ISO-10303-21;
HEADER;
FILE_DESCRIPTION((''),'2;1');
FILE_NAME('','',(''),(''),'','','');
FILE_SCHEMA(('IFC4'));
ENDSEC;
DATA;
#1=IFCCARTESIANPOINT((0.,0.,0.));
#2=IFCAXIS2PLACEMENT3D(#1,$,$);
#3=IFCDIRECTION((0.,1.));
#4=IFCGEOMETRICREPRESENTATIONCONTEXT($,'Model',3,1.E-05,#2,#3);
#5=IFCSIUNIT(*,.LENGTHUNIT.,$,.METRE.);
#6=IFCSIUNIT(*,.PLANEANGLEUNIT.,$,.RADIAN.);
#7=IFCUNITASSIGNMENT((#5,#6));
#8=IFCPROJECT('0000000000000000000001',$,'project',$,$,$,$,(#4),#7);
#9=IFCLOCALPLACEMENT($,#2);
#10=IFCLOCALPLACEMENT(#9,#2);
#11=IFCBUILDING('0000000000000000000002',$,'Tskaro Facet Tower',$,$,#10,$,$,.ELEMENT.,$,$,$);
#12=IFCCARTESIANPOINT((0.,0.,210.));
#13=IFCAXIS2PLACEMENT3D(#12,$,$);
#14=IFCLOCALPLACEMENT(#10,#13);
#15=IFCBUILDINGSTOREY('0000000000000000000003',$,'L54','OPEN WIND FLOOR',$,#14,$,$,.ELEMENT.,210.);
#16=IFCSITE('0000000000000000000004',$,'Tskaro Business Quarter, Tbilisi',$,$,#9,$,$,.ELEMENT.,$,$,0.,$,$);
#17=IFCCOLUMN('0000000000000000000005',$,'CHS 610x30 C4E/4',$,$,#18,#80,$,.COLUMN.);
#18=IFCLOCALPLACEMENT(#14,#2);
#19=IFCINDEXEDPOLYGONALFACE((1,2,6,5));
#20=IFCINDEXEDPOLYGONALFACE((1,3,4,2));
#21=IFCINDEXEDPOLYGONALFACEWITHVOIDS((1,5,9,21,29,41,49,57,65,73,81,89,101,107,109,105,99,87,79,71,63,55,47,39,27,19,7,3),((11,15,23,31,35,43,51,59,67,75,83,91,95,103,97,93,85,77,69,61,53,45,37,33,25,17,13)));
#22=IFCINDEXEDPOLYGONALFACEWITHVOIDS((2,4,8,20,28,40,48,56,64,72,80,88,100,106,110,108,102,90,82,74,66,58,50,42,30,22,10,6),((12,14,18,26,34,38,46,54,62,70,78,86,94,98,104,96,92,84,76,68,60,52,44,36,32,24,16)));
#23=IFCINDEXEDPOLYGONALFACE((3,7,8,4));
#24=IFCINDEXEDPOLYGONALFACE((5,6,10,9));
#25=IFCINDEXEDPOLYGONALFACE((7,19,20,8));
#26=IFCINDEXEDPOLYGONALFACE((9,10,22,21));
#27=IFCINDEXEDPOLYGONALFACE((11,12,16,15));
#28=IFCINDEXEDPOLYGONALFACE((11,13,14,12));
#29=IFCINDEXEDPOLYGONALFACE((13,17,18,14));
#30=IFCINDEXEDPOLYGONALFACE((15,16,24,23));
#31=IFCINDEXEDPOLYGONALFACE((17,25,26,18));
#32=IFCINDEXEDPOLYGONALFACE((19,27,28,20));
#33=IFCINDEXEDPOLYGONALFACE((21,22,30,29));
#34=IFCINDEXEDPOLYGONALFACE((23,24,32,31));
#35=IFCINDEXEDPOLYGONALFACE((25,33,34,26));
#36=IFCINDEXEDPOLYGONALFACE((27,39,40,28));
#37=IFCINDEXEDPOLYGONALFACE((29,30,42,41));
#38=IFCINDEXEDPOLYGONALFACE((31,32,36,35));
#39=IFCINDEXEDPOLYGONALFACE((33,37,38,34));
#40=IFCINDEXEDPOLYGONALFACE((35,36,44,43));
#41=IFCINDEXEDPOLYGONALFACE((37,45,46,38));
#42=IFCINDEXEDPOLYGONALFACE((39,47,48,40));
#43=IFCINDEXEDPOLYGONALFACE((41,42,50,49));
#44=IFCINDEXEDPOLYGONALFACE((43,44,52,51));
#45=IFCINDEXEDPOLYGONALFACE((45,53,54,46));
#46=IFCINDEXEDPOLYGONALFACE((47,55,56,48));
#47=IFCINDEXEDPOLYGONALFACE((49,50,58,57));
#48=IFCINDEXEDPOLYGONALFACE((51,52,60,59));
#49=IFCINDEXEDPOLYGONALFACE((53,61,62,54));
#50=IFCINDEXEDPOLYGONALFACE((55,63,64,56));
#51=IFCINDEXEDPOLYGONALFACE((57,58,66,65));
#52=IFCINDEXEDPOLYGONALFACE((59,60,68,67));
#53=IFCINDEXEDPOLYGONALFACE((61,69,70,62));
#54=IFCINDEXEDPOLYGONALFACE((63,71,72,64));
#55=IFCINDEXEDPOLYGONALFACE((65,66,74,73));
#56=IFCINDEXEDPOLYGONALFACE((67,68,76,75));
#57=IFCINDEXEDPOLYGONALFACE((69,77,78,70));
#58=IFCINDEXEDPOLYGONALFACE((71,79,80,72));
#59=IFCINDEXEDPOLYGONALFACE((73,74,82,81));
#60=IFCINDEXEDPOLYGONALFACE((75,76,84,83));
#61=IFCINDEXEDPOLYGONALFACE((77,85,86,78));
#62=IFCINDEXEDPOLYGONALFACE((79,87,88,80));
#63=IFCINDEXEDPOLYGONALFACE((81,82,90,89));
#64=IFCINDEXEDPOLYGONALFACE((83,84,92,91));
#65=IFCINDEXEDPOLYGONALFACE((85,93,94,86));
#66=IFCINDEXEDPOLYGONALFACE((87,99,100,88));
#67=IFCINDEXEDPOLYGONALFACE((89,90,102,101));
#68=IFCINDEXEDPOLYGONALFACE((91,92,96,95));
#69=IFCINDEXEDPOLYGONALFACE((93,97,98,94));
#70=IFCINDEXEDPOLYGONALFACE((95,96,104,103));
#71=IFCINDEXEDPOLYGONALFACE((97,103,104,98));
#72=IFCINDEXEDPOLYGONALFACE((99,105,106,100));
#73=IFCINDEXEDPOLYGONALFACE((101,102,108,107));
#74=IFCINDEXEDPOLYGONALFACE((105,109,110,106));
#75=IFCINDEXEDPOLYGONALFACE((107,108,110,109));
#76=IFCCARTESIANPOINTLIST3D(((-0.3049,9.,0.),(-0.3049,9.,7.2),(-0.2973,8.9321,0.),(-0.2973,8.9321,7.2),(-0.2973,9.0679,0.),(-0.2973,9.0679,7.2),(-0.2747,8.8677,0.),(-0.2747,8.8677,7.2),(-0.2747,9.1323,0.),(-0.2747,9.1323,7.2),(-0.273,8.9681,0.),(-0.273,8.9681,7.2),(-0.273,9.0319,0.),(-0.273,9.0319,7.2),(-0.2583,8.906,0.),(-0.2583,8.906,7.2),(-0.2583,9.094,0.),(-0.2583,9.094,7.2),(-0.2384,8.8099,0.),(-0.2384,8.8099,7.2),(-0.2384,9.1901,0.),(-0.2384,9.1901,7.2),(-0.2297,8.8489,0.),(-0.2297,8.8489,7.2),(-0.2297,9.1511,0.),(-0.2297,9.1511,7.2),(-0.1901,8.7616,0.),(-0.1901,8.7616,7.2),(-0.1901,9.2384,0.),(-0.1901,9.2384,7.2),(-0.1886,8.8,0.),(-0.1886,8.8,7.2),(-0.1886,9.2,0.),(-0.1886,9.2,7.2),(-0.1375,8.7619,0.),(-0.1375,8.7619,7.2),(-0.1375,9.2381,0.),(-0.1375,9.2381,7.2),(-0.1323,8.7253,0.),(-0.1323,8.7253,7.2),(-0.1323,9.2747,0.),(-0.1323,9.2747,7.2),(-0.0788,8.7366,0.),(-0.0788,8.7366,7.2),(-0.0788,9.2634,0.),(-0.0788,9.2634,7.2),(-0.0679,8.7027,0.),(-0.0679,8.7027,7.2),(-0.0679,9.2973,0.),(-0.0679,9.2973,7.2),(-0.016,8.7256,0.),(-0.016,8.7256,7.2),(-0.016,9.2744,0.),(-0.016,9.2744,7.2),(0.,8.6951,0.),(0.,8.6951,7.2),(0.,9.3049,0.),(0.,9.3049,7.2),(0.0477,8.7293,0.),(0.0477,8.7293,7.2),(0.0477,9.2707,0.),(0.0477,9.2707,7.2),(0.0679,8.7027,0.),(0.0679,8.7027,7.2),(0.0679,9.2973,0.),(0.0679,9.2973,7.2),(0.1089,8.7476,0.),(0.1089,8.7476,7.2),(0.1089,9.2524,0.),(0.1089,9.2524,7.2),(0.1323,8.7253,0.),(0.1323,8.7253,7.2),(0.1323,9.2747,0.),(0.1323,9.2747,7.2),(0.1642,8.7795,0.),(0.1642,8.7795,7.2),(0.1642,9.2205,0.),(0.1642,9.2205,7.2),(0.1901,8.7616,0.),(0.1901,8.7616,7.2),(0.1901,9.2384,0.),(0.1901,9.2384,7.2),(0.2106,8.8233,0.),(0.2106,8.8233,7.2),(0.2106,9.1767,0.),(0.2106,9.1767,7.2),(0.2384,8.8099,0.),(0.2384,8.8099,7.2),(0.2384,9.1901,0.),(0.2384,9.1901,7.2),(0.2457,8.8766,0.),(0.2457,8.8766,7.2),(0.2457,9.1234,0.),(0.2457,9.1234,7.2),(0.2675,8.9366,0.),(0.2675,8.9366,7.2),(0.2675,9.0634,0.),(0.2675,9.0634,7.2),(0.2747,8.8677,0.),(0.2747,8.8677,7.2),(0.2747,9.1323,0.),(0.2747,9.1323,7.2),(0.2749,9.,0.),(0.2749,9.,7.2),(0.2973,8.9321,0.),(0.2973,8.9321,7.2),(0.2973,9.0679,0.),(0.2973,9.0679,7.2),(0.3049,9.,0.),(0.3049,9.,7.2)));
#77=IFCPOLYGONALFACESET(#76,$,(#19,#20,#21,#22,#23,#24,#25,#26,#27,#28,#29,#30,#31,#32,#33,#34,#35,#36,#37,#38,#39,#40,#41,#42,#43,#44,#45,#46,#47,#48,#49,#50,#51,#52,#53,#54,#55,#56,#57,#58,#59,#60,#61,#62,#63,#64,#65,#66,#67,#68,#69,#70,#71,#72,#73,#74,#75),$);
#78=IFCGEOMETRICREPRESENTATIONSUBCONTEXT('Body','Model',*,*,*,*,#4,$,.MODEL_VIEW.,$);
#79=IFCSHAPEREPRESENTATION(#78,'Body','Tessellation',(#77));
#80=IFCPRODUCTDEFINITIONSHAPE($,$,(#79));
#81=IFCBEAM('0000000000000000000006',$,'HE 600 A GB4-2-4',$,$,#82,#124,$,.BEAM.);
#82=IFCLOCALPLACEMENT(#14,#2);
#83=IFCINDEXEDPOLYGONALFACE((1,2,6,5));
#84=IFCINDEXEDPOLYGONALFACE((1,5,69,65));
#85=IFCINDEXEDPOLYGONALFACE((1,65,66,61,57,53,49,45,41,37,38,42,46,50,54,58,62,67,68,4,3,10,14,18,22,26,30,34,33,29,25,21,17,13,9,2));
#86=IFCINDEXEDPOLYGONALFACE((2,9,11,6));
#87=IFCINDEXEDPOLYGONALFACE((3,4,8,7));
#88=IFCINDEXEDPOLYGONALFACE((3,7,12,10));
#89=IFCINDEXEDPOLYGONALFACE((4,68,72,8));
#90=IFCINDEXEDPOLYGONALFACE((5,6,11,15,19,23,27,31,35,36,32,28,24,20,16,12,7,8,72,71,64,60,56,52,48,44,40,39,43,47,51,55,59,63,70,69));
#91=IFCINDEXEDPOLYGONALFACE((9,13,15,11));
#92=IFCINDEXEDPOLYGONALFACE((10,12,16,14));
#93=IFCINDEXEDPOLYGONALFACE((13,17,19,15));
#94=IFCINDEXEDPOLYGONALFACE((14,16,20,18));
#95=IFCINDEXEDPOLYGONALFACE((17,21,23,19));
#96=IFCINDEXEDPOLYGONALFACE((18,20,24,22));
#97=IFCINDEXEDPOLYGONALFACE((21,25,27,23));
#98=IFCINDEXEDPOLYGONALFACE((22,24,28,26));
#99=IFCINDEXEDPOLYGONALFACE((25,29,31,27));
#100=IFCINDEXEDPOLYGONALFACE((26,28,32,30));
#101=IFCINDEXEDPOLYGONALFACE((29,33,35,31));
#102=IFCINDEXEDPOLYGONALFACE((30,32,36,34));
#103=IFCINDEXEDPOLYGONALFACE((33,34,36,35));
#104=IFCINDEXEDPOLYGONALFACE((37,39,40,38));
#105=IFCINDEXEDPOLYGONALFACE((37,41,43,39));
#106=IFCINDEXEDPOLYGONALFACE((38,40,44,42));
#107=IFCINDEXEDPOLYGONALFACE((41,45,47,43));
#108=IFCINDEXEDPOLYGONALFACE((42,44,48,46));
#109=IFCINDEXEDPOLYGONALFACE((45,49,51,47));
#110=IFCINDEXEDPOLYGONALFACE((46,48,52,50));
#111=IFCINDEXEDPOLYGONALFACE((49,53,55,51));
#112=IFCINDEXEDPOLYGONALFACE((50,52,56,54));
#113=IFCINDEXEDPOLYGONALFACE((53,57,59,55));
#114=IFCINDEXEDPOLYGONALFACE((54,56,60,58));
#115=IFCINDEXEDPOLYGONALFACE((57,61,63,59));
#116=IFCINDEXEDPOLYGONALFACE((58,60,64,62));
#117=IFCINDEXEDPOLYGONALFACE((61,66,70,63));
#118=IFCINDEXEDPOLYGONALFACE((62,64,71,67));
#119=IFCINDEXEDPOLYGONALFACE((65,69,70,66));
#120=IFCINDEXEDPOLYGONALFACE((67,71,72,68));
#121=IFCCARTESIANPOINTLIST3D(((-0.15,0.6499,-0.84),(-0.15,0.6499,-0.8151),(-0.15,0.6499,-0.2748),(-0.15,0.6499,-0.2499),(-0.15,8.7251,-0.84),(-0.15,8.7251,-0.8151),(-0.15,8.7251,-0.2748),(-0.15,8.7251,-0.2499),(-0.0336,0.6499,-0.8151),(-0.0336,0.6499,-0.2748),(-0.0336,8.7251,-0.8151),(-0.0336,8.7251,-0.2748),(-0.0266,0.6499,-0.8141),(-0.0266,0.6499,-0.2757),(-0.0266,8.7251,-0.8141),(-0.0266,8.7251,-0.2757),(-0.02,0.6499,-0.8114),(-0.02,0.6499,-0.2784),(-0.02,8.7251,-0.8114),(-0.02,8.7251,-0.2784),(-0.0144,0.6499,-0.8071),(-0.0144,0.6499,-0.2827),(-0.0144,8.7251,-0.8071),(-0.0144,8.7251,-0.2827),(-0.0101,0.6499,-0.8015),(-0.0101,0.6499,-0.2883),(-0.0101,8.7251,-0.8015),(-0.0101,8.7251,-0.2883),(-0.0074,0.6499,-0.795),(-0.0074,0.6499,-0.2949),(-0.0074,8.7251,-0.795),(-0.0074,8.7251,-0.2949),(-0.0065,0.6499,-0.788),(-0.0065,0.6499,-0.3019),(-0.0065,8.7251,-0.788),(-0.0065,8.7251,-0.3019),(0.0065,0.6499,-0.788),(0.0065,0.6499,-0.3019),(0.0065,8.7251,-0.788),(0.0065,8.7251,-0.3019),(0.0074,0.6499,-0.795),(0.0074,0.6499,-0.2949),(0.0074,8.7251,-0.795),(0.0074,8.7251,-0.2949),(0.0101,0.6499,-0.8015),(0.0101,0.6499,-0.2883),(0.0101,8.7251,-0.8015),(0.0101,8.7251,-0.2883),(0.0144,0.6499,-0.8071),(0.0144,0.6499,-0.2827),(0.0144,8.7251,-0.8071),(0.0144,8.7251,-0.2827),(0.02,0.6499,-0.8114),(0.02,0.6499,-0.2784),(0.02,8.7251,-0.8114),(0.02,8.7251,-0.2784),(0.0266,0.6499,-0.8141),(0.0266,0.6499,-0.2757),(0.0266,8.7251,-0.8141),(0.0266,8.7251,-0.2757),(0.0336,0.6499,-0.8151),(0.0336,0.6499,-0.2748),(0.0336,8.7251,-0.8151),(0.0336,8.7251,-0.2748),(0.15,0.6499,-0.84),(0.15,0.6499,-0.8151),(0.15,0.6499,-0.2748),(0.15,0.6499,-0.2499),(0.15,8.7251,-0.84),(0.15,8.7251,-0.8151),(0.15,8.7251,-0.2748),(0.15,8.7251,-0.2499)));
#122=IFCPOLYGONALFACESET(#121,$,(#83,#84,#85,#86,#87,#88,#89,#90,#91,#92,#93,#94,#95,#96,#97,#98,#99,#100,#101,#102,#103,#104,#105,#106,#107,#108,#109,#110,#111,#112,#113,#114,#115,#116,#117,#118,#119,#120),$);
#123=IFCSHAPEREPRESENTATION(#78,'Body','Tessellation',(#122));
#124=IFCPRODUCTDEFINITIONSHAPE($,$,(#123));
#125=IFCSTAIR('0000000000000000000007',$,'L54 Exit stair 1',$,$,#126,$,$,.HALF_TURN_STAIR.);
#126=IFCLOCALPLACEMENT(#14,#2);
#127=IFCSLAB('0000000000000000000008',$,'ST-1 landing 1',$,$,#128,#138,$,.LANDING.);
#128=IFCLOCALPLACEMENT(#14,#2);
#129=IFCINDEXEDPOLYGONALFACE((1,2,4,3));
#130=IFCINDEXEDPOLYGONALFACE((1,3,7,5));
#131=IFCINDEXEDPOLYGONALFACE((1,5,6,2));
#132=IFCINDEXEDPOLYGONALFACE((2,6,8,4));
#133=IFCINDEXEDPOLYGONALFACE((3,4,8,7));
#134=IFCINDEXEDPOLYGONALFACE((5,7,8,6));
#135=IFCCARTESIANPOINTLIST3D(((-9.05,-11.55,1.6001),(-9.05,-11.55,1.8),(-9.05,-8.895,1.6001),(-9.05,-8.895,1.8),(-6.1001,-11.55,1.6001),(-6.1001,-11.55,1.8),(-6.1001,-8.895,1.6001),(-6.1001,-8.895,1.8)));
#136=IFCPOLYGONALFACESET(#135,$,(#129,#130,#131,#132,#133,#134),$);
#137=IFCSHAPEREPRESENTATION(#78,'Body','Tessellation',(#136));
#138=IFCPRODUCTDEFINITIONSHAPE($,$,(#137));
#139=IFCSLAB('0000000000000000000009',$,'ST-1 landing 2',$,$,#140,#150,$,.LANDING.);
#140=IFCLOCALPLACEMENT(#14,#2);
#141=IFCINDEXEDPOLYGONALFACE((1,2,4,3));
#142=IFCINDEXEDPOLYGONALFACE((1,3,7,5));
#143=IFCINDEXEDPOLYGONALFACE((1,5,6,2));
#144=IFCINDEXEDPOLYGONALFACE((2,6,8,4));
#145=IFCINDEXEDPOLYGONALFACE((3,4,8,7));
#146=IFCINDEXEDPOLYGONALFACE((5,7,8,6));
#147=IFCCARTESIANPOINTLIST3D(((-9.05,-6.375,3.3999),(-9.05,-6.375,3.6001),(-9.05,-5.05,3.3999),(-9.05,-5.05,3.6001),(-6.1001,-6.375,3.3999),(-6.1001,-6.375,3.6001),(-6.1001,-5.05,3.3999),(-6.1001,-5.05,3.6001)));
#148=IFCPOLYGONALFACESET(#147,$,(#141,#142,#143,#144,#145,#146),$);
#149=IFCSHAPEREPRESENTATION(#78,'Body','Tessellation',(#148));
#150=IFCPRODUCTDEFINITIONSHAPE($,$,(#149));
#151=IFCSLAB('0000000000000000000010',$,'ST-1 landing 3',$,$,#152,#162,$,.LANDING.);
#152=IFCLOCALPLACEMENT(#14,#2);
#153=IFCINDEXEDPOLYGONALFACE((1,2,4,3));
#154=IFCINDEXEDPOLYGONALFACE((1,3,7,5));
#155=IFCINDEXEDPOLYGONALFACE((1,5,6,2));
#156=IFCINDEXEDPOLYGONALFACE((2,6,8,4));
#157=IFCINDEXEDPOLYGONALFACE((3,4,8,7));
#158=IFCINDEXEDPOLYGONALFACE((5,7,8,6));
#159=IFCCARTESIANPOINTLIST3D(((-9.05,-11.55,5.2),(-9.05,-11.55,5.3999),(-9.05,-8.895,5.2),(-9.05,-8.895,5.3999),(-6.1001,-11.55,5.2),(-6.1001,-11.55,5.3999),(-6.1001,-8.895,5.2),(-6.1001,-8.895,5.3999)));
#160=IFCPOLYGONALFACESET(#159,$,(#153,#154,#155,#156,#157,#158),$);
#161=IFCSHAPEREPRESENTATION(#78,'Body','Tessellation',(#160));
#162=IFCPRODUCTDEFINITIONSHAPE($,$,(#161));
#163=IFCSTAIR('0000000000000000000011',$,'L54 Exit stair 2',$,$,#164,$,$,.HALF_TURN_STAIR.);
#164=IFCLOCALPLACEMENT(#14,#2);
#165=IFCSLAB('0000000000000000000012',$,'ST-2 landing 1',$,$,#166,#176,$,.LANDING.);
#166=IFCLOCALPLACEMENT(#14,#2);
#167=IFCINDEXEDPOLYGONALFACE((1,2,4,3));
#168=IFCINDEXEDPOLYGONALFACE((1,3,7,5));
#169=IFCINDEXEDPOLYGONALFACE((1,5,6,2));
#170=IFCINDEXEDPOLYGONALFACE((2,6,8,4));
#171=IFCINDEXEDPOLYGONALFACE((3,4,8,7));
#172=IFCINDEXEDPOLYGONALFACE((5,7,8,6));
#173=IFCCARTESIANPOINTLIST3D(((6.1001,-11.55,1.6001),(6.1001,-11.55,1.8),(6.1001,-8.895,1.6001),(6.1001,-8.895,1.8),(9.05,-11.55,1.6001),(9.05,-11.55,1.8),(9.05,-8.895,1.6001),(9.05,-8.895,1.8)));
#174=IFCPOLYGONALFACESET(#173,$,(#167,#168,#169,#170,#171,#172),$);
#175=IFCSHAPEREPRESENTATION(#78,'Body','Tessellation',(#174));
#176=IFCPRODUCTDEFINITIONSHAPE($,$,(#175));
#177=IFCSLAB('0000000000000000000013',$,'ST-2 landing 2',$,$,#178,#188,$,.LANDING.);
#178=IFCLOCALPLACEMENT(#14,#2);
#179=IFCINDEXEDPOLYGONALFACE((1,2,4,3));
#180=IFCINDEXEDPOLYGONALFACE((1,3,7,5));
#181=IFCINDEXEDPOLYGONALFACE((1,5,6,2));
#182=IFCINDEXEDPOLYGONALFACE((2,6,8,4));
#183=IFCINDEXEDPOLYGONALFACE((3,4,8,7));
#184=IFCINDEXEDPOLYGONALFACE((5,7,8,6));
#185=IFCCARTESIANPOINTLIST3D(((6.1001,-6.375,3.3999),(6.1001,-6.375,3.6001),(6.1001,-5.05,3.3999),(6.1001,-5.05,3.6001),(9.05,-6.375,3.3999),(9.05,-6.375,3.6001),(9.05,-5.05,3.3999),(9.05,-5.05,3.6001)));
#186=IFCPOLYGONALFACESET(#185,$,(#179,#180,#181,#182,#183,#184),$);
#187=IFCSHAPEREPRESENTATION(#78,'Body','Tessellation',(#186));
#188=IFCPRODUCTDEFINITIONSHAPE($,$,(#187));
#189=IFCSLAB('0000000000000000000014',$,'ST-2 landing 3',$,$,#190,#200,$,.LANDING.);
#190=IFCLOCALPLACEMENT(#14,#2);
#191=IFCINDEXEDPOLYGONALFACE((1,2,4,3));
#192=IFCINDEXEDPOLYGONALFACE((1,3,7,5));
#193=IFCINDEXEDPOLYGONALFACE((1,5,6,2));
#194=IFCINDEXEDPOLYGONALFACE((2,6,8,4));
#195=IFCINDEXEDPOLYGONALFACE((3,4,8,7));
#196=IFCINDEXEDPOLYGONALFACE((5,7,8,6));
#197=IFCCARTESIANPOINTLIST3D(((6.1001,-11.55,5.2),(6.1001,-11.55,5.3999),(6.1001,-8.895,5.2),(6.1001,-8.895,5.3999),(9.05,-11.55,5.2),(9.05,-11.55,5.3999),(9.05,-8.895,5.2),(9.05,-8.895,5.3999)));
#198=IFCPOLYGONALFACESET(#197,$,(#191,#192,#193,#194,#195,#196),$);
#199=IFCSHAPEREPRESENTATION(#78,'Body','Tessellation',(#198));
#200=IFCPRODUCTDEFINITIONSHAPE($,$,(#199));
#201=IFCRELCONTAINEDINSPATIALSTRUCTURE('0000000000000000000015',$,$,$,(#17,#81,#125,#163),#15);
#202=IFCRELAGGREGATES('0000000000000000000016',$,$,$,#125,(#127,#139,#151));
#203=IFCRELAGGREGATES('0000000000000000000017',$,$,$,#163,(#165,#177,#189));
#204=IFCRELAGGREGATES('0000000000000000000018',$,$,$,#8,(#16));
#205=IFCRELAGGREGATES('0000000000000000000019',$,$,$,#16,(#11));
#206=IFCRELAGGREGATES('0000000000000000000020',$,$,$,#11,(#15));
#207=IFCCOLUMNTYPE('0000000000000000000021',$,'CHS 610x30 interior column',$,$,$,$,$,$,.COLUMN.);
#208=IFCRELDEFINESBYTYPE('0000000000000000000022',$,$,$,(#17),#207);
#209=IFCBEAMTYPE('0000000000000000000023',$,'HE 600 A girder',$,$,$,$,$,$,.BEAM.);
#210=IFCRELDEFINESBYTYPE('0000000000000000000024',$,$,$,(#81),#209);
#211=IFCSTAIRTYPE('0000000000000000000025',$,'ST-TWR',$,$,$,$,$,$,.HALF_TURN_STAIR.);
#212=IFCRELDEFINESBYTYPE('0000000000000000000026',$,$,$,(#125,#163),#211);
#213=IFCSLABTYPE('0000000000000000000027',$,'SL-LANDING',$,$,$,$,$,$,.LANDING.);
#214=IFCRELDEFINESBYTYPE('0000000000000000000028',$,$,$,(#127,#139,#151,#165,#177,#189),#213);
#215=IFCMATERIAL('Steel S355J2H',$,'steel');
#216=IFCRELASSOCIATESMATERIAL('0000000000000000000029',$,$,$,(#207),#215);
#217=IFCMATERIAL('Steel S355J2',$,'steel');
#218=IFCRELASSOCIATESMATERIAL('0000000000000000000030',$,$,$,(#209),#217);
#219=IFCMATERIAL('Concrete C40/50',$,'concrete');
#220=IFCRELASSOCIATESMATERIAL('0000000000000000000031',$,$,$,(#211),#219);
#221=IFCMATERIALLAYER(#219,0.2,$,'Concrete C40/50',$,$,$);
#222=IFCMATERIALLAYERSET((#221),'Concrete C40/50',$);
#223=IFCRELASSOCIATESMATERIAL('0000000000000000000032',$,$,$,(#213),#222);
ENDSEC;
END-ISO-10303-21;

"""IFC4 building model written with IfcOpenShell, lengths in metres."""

from ifc_helpers import new_model, si_unit, direction, frame, origin, origin_2d, place, context, subcontext, project, spatial, polyline, hollow_circle, i_section, outline, extrude, material, layer, layer_set, material_profile, profile_set, type_object, element, aggregate, save


model = new_model("IFC4")

# Units and contexts
model_context = context("Model", 3, precision=1e-05, world=origin(), true_north=direction((0.0, 1.0)))
body_context = subcontext(model_context, "Body", "Model", "MODEL_VIEW")
ifc_project = project(units=[si_unit("LENGTHUNIT", "METRE"), si_unit("PLANEANGLEUNIT", "RADIAN")], contexts=[model_context])

# Site, building, storey
site_placement = place(None, origin())
site = spatial("IfcSite", under=ifc_project, at=site_placement, Name="Tskaro Business Quarter, Tbilisi", CompositionType="ELEMENT", RefElevation=0.0)
building_placement = place(site_placement, origin())
building = spatial("IfcBuilding", under=site, at=building_placement, Name="Tskaro Facet Tower", CompositionType="ELEMENT")
storey_placement = place(building_placement, frame((0.0, 0.0, 210.0)))
storey = spatial("IfcBuildingStorey", under=building, at=storey_placement, Name="L54", Description="OPEN WIND FLOOR", CompositionType="ELEMENT", Elevation=210.0)

# Column
ifc_material_1 = material(Name="Steel S355J2H", Category="steel")
ifc_material_profile_1 = material_profile(ifc_material_1, hollow_circle(Radius=0.3049, WallThickness=0.03, at=origin_2d()), Name="CHS 610x30")
ifc_profile_set_1 = profile_set([ifc_material_profile_1], Name="Steel S355J2H")
column_type = type_object("IfcColumnType", Name="CHS 610x30 interior column", PredefinedType="COLUMN", material=ifc_profile_set_1)
column_placement = place(storey_placement, frame((0.0, 9.0, 0.0), z_axis=(0.0, 0.0, 1.0), x_axis=(1.0, 0.0, 0.0)))
element("IfcColumn", 1, at=column_placement, inside=storey, type_object=column_type, Name="CHS 610x30 C4E/4", PredefinedType="COLUMN", context=body_context, shape_type="SweptSolid", body=[
    extrude(hollow_circle(Radius=0.3049, WallThickness=0.03, at=origin_2d()), origin(), (0.0, 0.0, 1.0), 7.2),
])

# Beam
ifc_material_2 = material(Name="Steel S355J2", Category="steel")
ifc_material_profile_2 = material_profile(ifc_material_2, i_section(OverallWidth=0.3, OverallDepth=0.5901, WebThickness=0.0129, FlangeThickness=0.0249, FilletRadius=0.0271, at=origin_2d()), Name="HE 600 A")
ifc_profile_set_2 = profile_set([ifc_material_profile_2], Name="Steel S355J2")
beam_type = type_object("IfcBeamType", Name="HE 600 A girder", PredefinedType="BEAM", material=ifc_profile_set_2)
beam_placement = place(storey_placement, frame((0.0, 0.6499, -0.5449), z_axis=(0.0, 1.0, 0.0), x_axis=(-1.0, 0.0, 0.0)))
element("IfcBeam", 2, at=beam_placement, inside=storey, type_object=beam_type, Name="HE 600 A GB4-2-4", PredefinedType="BEAM", context=body_context, shape_type="SweptSolid", body=[
    extrude(i_section(OverallWidth=0.3, OverallDepth=0.5901, WebThickness=0.0129, FlangeThickness=0.0249, FilletRadius=0.0271, at=origin_2d()), origin(), (0.0, 0.0, 1.0), 8.0752),
])

# Stairs, slabs
ifc_material_3 = material(Name="Concrete C40/50", Category="concrete")
stair_type = type_object("IfcStairType", Name="ST-TWR", PredefinedType="HALF_TURN_STAIR", material=ifc_material_3)
stair_1_placement = place(storey_placement, origin())
stair_1 = element("IfcStair", 3, at=stair_1_placement, inside=storey, type_object=stair_type, Name="L54 Exit stair 1", PredefinedType="HALF_TURN_STAIR")
ifc_layer_1 = layer(ifc_material_3, 0.2, Name="Concrete C40/50")
ifc_layer_set_1 = layer_set([ifc_layer_1], Name="Concrete C40/50")
slab_type_1 = type_object("IfcSlabType", Name="SL-LANDING", PredefinedType="LANDING", material=ifc_layer_set_1)
slab_1_placement = place(storey_placement, frame((0.0, 0.0, 1.6001)))
slab_1 = element("IfcSlab", 4, at=slab_1_placement, type_object=slab_type_1, Name="ST-1 landing 1", PredefinedType="LANDING", context=body_context, shape_type="SweptSolid", body=[
    extrude(outline(polyline([(-9.05, -11.55), (-6.1001, -11.55), (-6.1001, -8.895), (-9.05, -8.895), (-9.05, -11.55)])), origin(), (0.0, 0.0, 1.0), 0.2),
])
slab_2_placement = place(storey_placement, frame((0.0, 0.0, 3.3999)))
slab_2 = element("IfcSlab", 5, at=slab_2_placement, type_object=slab_type_1, Name="ST-1 landing 2", PredefinedType="LANDING", context=body_context, shape_type="SweptSolid", body=[
    extrude(outline(polyline([(-9.05, -6.375), (-6.1001, -6.375), (-6.1001, -5.05), (-9.05, -5.05), (-9.05, -6.375)])), origin(), (0.0, 0.0, 1.0), 0.2002),
])
slab_3_placement = place(storey_placement, frame((0.0, 0.0, 5.2)))
slab_3 = element("IfcSlab", 6, at=slab_3_placement, type_object=slab_type_1, Name="ST-1 landing 3", PredefinedType="LANDING", context=body_context, shape_type="SweptSolid", body=[
    extrude(outline(polyline([(-9.05, -11.55), (-6.1001, -11.55), (-6.1001, -8.895), (-9.05, -8.895), (-9.05, -11.55)])), origin(), (0.0, 0.0, 1.0), 0.2),
])
aggregate(stair_1, [slab_1, slab_2, slab_3])
stair_2_placement = place(storey_placement, origin())
stair_2 = element("IfcStair", 7, at=stair_2_placement, inside=storey, type_object=stair_type, Name="L54 Exit stair 2", PredefinedType="HALF_TURN_STAIR")
slab_4_placement = place(storey_placement, frame((0.0, 0.0, 1.6001)))
slab_4 = element("IfcSlab", 8, at=slab_4_placement, type_object=slab_type_1, Name="ST-2 landing 1", PredefinedType="LANDING", context=body_context, shape_type="SweptSolid", body=[
    extrude(outline(polyline([(6.1001, -11.55), (9.05, -11.55), (9.05, -8.895), (6.1001, -8.895), (6.1001, -11.55)])), origin(), (0.0, 0.0, 1.0), 0.2),
])
slab_5_placement = place(storey_placement, frame((0.0, 0.0, 3.3999)))
slab_5 = element("IfcSlab", 9, at=slab_5_placement, type_object=slab_type_1, Name="ST-2 landing 2", PredefinedType="LANDING", context=body_context, shape_type="SweptSolid", body=[
    extrude(outline(polyline([(6.1001, -6.375), (9.05, -6.375), (9.05, -5.05), (6.1001, -5.05), (6.1001, -6.375)])), origin(), (0.0, 0.0, 1.0), 0.2002),
])
slab_6_placement = place(storey_placement, frame((0.0, 0.0, 5.2)))
slab_6 = element("IfcSlab", 10, at=slab_6_placement, type_object=slab_type_1, Name="ST-2 landing 3", PredefinedType="LANDING", context=body_context, shape_type="SweptSolid", body=[
    extrude(outline(polyline([(6.1001, -11.55), (9.05, -11.55), (9.05, -8.895), (6.1001, -8.895), (6.1001, -11.55)])), origin(), (0.0, 0.0, 1.0), 0.2),
])
aggregate(stair_2, [slab_4, slab_5, slab_6])

save(model, "model.ifc")
